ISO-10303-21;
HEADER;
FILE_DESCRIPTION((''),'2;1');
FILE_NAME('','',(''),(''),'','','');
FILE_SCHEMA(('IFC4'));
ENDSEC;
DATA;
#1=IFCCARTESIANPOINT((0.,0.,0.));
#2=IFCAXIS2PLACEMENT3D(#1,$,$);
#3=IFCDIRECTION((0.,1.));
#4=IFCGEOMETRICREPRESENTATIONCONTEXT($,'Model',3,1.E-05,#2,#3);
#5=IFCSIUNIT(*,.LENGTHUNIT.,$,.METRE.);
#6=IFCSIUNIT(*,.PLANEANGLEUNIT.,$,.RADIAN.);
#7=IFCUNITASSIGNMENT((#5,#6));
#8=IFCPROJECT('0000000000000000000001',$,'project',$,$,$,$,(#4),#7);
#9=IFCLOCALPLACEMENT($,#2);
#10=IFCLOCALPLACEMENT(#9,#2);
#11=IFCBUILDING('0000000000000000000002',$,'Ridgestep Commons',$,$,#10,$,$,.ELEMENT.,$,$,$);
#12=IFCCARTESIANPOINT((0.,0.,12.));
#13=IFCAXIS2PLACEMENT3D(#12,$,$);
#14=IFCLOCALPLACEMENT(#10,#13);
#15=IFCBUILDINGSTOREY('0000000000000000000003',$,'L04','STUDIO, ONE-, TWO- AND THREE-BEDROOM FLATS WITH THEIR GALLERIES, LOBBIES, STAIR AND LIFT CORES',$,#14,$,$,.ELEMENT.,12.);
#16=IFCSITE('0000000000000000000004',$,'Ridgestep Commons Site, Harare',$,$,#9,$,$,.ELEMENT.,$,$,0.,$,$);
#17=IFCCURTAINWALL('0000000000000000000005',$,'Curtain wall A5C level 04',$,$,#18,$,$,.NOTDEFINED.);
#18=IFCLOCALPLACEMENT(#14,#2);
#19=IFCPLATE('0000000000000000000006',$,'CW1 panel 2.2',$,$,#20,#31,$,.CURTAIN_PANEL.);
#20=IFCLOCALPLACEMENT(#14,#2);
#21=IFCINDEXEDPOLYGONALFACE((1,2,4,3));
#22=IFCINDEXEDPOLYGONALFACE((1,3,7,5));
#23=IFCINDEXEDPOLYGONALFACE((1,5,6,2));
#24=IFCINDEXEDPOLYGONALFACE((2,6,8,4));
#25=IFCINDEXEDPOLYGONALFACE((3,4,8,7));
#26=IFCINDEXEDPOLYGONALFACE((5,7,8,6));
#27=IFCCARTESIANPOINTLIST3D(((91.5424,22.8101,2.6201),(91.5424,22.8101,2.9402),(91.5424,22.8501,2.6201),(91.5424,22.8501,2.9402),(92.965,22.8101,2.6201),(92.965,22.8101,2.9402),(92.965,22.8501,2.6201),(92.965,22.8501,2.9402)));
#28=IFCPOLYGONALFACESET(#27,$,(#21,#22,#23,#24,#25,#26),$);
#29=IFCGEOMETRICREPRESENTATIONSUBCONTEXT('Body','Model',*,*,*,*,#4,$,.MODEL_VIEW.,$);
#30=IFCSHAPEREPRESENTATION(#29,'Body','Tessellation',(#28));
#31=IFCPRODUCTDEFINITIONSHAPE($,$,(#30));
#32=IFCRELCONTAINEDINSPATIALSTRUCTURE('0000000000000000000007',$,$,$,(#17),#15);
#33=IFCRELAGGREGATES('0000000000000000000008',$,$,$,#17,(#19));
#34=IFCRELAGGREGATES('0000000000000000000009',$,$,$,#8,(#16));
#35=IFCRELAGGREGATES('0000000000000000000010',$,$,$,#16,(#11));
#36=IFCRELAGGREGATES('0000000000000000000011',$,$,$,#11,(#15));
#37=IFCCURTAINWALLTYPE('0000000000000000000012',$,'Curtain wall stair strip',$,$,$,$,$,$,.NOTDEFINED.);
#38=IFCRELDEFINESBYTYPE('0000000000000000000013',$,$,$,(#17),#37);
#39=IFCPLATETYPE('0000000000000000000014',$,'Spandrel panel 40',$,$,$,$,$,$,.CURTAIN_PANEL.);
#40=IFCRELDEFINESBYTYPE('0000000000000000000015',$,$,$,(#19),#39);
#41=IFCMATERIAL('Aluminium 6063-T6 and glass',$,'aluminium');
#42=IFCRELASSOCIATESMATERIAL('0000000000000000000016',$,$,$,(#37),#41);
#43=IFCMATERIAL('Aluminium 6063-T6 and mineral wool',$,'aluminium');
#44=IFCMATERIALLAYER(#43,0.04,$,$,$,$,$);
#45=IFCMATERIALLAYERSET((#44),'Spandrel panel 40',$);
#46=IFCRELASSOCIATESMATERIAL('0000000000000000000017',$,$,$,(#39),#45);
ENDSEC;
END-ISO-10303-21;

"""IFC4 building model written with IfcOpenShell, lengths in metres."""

from ifc_helpers import new_model, si_unit, direction, frame, origin, origin_2d, place, context, subcontext, project, spatial, rectangle, extrude, material, layer, layer_set, type_object, element, aggregate, save


model = new_model("IFC4")

# Units and contexts
model_context = context("Model", 3, precision=1e-05, world=origin(), true_north=direction((0.0, 1.0)))
body_context = subcontext(model_context, "Body", "Model", "MODEL_VIEW")
ifc_project = project(units=[si_unit("LENGTHUNIT", "METRE"), si_unit("PLANEANGLEUNIT", "RADIAN")], contexts=[model_context])

# Site, building, storey
site_placement = place(None, origin())
site = spatial("IfcSite", under=ifc_project, at=site_placement, Name="Ridgestep Commons Site, Harare", CompositionType="ELEMENT", RefElevation=0.0)
building_placement = place(site_placement, origin())
building = spatial("IfcBuilding", under=site, at=building_placement, Name="Ridgestep Commons", CompositionType="ELEMENT")
storey_placement = place(building_placement, frame((0.0, 0.0, 12.0)))
storey = spatial("IfcBuildingStorey", under=building, at=storey_placement, Name="L04", Description="STUDIO, ONE-, TWO- AND THREE-BEDROOM FLATS WITH THEIR GALLERIES, LOBBIES, STAIR AND LIFT CORES", CompositionType="ELEMENT", Elevation=12.0)

# Curtain wall
ifc_material_1 = material(Name="Aluminium 6063-T6 and glass", Category="aluminium")
curtain_wall_type = type_object("IfcCurtainWallType", Name="Curtain wall stair strip", PredefinedType="NOTDEFINED", material=ifc_material_1)
curtain_wall_1_placement = place(storey_placement, origin())
curtain_wall_1 = element("IfcCurtainWall", 1, at=curtain_wall_1_placement, inside=storey, type_object=curtain_wall_type, Name="Curtain wall A5C level 04", PredefinedType="NOTDEFINED")

# Plate
ifc_material_2 = material(Name="Aluminium 6063-T6 and mineral wool", Category="aluminium")
ifc_layer_1 = layer(ifc_material_2, 0.04)
ifc_layer_set_1 = layer_set([ifc_layer_1], Name="Spandrel panel 40")
plate_type_1 = type_object("IfcPlateType", Name="Spandrel panel 40", PredefinedType="CURTAIN_PANEL", material=ifc_layer_set_1)
plate_1_placement = place(storey_placement, frame((92.2537, 22.8301, 2.6201), z_axis=(0.0, 0.0, 1.0), x_axis=(1.0, 0.0, 0.0)))
plate_1 = element("IfcPlate", 2, at=plate_1_placement, type_object=plate_type_1, Name="CW1 panel 2.2", PredefinedType="CURTAIN_PANEL", context=body_context, shape_type="SweptSolid", body=[
    extrude(rectangle(XDim=1.4226, YDim=0.04, at=origin_2d()), origin(), (0.0, 0.0, 1.0), 0.3201),
])
aggregate(curtain_wall_1, [plate_1])

save(model, "model.ifc")
